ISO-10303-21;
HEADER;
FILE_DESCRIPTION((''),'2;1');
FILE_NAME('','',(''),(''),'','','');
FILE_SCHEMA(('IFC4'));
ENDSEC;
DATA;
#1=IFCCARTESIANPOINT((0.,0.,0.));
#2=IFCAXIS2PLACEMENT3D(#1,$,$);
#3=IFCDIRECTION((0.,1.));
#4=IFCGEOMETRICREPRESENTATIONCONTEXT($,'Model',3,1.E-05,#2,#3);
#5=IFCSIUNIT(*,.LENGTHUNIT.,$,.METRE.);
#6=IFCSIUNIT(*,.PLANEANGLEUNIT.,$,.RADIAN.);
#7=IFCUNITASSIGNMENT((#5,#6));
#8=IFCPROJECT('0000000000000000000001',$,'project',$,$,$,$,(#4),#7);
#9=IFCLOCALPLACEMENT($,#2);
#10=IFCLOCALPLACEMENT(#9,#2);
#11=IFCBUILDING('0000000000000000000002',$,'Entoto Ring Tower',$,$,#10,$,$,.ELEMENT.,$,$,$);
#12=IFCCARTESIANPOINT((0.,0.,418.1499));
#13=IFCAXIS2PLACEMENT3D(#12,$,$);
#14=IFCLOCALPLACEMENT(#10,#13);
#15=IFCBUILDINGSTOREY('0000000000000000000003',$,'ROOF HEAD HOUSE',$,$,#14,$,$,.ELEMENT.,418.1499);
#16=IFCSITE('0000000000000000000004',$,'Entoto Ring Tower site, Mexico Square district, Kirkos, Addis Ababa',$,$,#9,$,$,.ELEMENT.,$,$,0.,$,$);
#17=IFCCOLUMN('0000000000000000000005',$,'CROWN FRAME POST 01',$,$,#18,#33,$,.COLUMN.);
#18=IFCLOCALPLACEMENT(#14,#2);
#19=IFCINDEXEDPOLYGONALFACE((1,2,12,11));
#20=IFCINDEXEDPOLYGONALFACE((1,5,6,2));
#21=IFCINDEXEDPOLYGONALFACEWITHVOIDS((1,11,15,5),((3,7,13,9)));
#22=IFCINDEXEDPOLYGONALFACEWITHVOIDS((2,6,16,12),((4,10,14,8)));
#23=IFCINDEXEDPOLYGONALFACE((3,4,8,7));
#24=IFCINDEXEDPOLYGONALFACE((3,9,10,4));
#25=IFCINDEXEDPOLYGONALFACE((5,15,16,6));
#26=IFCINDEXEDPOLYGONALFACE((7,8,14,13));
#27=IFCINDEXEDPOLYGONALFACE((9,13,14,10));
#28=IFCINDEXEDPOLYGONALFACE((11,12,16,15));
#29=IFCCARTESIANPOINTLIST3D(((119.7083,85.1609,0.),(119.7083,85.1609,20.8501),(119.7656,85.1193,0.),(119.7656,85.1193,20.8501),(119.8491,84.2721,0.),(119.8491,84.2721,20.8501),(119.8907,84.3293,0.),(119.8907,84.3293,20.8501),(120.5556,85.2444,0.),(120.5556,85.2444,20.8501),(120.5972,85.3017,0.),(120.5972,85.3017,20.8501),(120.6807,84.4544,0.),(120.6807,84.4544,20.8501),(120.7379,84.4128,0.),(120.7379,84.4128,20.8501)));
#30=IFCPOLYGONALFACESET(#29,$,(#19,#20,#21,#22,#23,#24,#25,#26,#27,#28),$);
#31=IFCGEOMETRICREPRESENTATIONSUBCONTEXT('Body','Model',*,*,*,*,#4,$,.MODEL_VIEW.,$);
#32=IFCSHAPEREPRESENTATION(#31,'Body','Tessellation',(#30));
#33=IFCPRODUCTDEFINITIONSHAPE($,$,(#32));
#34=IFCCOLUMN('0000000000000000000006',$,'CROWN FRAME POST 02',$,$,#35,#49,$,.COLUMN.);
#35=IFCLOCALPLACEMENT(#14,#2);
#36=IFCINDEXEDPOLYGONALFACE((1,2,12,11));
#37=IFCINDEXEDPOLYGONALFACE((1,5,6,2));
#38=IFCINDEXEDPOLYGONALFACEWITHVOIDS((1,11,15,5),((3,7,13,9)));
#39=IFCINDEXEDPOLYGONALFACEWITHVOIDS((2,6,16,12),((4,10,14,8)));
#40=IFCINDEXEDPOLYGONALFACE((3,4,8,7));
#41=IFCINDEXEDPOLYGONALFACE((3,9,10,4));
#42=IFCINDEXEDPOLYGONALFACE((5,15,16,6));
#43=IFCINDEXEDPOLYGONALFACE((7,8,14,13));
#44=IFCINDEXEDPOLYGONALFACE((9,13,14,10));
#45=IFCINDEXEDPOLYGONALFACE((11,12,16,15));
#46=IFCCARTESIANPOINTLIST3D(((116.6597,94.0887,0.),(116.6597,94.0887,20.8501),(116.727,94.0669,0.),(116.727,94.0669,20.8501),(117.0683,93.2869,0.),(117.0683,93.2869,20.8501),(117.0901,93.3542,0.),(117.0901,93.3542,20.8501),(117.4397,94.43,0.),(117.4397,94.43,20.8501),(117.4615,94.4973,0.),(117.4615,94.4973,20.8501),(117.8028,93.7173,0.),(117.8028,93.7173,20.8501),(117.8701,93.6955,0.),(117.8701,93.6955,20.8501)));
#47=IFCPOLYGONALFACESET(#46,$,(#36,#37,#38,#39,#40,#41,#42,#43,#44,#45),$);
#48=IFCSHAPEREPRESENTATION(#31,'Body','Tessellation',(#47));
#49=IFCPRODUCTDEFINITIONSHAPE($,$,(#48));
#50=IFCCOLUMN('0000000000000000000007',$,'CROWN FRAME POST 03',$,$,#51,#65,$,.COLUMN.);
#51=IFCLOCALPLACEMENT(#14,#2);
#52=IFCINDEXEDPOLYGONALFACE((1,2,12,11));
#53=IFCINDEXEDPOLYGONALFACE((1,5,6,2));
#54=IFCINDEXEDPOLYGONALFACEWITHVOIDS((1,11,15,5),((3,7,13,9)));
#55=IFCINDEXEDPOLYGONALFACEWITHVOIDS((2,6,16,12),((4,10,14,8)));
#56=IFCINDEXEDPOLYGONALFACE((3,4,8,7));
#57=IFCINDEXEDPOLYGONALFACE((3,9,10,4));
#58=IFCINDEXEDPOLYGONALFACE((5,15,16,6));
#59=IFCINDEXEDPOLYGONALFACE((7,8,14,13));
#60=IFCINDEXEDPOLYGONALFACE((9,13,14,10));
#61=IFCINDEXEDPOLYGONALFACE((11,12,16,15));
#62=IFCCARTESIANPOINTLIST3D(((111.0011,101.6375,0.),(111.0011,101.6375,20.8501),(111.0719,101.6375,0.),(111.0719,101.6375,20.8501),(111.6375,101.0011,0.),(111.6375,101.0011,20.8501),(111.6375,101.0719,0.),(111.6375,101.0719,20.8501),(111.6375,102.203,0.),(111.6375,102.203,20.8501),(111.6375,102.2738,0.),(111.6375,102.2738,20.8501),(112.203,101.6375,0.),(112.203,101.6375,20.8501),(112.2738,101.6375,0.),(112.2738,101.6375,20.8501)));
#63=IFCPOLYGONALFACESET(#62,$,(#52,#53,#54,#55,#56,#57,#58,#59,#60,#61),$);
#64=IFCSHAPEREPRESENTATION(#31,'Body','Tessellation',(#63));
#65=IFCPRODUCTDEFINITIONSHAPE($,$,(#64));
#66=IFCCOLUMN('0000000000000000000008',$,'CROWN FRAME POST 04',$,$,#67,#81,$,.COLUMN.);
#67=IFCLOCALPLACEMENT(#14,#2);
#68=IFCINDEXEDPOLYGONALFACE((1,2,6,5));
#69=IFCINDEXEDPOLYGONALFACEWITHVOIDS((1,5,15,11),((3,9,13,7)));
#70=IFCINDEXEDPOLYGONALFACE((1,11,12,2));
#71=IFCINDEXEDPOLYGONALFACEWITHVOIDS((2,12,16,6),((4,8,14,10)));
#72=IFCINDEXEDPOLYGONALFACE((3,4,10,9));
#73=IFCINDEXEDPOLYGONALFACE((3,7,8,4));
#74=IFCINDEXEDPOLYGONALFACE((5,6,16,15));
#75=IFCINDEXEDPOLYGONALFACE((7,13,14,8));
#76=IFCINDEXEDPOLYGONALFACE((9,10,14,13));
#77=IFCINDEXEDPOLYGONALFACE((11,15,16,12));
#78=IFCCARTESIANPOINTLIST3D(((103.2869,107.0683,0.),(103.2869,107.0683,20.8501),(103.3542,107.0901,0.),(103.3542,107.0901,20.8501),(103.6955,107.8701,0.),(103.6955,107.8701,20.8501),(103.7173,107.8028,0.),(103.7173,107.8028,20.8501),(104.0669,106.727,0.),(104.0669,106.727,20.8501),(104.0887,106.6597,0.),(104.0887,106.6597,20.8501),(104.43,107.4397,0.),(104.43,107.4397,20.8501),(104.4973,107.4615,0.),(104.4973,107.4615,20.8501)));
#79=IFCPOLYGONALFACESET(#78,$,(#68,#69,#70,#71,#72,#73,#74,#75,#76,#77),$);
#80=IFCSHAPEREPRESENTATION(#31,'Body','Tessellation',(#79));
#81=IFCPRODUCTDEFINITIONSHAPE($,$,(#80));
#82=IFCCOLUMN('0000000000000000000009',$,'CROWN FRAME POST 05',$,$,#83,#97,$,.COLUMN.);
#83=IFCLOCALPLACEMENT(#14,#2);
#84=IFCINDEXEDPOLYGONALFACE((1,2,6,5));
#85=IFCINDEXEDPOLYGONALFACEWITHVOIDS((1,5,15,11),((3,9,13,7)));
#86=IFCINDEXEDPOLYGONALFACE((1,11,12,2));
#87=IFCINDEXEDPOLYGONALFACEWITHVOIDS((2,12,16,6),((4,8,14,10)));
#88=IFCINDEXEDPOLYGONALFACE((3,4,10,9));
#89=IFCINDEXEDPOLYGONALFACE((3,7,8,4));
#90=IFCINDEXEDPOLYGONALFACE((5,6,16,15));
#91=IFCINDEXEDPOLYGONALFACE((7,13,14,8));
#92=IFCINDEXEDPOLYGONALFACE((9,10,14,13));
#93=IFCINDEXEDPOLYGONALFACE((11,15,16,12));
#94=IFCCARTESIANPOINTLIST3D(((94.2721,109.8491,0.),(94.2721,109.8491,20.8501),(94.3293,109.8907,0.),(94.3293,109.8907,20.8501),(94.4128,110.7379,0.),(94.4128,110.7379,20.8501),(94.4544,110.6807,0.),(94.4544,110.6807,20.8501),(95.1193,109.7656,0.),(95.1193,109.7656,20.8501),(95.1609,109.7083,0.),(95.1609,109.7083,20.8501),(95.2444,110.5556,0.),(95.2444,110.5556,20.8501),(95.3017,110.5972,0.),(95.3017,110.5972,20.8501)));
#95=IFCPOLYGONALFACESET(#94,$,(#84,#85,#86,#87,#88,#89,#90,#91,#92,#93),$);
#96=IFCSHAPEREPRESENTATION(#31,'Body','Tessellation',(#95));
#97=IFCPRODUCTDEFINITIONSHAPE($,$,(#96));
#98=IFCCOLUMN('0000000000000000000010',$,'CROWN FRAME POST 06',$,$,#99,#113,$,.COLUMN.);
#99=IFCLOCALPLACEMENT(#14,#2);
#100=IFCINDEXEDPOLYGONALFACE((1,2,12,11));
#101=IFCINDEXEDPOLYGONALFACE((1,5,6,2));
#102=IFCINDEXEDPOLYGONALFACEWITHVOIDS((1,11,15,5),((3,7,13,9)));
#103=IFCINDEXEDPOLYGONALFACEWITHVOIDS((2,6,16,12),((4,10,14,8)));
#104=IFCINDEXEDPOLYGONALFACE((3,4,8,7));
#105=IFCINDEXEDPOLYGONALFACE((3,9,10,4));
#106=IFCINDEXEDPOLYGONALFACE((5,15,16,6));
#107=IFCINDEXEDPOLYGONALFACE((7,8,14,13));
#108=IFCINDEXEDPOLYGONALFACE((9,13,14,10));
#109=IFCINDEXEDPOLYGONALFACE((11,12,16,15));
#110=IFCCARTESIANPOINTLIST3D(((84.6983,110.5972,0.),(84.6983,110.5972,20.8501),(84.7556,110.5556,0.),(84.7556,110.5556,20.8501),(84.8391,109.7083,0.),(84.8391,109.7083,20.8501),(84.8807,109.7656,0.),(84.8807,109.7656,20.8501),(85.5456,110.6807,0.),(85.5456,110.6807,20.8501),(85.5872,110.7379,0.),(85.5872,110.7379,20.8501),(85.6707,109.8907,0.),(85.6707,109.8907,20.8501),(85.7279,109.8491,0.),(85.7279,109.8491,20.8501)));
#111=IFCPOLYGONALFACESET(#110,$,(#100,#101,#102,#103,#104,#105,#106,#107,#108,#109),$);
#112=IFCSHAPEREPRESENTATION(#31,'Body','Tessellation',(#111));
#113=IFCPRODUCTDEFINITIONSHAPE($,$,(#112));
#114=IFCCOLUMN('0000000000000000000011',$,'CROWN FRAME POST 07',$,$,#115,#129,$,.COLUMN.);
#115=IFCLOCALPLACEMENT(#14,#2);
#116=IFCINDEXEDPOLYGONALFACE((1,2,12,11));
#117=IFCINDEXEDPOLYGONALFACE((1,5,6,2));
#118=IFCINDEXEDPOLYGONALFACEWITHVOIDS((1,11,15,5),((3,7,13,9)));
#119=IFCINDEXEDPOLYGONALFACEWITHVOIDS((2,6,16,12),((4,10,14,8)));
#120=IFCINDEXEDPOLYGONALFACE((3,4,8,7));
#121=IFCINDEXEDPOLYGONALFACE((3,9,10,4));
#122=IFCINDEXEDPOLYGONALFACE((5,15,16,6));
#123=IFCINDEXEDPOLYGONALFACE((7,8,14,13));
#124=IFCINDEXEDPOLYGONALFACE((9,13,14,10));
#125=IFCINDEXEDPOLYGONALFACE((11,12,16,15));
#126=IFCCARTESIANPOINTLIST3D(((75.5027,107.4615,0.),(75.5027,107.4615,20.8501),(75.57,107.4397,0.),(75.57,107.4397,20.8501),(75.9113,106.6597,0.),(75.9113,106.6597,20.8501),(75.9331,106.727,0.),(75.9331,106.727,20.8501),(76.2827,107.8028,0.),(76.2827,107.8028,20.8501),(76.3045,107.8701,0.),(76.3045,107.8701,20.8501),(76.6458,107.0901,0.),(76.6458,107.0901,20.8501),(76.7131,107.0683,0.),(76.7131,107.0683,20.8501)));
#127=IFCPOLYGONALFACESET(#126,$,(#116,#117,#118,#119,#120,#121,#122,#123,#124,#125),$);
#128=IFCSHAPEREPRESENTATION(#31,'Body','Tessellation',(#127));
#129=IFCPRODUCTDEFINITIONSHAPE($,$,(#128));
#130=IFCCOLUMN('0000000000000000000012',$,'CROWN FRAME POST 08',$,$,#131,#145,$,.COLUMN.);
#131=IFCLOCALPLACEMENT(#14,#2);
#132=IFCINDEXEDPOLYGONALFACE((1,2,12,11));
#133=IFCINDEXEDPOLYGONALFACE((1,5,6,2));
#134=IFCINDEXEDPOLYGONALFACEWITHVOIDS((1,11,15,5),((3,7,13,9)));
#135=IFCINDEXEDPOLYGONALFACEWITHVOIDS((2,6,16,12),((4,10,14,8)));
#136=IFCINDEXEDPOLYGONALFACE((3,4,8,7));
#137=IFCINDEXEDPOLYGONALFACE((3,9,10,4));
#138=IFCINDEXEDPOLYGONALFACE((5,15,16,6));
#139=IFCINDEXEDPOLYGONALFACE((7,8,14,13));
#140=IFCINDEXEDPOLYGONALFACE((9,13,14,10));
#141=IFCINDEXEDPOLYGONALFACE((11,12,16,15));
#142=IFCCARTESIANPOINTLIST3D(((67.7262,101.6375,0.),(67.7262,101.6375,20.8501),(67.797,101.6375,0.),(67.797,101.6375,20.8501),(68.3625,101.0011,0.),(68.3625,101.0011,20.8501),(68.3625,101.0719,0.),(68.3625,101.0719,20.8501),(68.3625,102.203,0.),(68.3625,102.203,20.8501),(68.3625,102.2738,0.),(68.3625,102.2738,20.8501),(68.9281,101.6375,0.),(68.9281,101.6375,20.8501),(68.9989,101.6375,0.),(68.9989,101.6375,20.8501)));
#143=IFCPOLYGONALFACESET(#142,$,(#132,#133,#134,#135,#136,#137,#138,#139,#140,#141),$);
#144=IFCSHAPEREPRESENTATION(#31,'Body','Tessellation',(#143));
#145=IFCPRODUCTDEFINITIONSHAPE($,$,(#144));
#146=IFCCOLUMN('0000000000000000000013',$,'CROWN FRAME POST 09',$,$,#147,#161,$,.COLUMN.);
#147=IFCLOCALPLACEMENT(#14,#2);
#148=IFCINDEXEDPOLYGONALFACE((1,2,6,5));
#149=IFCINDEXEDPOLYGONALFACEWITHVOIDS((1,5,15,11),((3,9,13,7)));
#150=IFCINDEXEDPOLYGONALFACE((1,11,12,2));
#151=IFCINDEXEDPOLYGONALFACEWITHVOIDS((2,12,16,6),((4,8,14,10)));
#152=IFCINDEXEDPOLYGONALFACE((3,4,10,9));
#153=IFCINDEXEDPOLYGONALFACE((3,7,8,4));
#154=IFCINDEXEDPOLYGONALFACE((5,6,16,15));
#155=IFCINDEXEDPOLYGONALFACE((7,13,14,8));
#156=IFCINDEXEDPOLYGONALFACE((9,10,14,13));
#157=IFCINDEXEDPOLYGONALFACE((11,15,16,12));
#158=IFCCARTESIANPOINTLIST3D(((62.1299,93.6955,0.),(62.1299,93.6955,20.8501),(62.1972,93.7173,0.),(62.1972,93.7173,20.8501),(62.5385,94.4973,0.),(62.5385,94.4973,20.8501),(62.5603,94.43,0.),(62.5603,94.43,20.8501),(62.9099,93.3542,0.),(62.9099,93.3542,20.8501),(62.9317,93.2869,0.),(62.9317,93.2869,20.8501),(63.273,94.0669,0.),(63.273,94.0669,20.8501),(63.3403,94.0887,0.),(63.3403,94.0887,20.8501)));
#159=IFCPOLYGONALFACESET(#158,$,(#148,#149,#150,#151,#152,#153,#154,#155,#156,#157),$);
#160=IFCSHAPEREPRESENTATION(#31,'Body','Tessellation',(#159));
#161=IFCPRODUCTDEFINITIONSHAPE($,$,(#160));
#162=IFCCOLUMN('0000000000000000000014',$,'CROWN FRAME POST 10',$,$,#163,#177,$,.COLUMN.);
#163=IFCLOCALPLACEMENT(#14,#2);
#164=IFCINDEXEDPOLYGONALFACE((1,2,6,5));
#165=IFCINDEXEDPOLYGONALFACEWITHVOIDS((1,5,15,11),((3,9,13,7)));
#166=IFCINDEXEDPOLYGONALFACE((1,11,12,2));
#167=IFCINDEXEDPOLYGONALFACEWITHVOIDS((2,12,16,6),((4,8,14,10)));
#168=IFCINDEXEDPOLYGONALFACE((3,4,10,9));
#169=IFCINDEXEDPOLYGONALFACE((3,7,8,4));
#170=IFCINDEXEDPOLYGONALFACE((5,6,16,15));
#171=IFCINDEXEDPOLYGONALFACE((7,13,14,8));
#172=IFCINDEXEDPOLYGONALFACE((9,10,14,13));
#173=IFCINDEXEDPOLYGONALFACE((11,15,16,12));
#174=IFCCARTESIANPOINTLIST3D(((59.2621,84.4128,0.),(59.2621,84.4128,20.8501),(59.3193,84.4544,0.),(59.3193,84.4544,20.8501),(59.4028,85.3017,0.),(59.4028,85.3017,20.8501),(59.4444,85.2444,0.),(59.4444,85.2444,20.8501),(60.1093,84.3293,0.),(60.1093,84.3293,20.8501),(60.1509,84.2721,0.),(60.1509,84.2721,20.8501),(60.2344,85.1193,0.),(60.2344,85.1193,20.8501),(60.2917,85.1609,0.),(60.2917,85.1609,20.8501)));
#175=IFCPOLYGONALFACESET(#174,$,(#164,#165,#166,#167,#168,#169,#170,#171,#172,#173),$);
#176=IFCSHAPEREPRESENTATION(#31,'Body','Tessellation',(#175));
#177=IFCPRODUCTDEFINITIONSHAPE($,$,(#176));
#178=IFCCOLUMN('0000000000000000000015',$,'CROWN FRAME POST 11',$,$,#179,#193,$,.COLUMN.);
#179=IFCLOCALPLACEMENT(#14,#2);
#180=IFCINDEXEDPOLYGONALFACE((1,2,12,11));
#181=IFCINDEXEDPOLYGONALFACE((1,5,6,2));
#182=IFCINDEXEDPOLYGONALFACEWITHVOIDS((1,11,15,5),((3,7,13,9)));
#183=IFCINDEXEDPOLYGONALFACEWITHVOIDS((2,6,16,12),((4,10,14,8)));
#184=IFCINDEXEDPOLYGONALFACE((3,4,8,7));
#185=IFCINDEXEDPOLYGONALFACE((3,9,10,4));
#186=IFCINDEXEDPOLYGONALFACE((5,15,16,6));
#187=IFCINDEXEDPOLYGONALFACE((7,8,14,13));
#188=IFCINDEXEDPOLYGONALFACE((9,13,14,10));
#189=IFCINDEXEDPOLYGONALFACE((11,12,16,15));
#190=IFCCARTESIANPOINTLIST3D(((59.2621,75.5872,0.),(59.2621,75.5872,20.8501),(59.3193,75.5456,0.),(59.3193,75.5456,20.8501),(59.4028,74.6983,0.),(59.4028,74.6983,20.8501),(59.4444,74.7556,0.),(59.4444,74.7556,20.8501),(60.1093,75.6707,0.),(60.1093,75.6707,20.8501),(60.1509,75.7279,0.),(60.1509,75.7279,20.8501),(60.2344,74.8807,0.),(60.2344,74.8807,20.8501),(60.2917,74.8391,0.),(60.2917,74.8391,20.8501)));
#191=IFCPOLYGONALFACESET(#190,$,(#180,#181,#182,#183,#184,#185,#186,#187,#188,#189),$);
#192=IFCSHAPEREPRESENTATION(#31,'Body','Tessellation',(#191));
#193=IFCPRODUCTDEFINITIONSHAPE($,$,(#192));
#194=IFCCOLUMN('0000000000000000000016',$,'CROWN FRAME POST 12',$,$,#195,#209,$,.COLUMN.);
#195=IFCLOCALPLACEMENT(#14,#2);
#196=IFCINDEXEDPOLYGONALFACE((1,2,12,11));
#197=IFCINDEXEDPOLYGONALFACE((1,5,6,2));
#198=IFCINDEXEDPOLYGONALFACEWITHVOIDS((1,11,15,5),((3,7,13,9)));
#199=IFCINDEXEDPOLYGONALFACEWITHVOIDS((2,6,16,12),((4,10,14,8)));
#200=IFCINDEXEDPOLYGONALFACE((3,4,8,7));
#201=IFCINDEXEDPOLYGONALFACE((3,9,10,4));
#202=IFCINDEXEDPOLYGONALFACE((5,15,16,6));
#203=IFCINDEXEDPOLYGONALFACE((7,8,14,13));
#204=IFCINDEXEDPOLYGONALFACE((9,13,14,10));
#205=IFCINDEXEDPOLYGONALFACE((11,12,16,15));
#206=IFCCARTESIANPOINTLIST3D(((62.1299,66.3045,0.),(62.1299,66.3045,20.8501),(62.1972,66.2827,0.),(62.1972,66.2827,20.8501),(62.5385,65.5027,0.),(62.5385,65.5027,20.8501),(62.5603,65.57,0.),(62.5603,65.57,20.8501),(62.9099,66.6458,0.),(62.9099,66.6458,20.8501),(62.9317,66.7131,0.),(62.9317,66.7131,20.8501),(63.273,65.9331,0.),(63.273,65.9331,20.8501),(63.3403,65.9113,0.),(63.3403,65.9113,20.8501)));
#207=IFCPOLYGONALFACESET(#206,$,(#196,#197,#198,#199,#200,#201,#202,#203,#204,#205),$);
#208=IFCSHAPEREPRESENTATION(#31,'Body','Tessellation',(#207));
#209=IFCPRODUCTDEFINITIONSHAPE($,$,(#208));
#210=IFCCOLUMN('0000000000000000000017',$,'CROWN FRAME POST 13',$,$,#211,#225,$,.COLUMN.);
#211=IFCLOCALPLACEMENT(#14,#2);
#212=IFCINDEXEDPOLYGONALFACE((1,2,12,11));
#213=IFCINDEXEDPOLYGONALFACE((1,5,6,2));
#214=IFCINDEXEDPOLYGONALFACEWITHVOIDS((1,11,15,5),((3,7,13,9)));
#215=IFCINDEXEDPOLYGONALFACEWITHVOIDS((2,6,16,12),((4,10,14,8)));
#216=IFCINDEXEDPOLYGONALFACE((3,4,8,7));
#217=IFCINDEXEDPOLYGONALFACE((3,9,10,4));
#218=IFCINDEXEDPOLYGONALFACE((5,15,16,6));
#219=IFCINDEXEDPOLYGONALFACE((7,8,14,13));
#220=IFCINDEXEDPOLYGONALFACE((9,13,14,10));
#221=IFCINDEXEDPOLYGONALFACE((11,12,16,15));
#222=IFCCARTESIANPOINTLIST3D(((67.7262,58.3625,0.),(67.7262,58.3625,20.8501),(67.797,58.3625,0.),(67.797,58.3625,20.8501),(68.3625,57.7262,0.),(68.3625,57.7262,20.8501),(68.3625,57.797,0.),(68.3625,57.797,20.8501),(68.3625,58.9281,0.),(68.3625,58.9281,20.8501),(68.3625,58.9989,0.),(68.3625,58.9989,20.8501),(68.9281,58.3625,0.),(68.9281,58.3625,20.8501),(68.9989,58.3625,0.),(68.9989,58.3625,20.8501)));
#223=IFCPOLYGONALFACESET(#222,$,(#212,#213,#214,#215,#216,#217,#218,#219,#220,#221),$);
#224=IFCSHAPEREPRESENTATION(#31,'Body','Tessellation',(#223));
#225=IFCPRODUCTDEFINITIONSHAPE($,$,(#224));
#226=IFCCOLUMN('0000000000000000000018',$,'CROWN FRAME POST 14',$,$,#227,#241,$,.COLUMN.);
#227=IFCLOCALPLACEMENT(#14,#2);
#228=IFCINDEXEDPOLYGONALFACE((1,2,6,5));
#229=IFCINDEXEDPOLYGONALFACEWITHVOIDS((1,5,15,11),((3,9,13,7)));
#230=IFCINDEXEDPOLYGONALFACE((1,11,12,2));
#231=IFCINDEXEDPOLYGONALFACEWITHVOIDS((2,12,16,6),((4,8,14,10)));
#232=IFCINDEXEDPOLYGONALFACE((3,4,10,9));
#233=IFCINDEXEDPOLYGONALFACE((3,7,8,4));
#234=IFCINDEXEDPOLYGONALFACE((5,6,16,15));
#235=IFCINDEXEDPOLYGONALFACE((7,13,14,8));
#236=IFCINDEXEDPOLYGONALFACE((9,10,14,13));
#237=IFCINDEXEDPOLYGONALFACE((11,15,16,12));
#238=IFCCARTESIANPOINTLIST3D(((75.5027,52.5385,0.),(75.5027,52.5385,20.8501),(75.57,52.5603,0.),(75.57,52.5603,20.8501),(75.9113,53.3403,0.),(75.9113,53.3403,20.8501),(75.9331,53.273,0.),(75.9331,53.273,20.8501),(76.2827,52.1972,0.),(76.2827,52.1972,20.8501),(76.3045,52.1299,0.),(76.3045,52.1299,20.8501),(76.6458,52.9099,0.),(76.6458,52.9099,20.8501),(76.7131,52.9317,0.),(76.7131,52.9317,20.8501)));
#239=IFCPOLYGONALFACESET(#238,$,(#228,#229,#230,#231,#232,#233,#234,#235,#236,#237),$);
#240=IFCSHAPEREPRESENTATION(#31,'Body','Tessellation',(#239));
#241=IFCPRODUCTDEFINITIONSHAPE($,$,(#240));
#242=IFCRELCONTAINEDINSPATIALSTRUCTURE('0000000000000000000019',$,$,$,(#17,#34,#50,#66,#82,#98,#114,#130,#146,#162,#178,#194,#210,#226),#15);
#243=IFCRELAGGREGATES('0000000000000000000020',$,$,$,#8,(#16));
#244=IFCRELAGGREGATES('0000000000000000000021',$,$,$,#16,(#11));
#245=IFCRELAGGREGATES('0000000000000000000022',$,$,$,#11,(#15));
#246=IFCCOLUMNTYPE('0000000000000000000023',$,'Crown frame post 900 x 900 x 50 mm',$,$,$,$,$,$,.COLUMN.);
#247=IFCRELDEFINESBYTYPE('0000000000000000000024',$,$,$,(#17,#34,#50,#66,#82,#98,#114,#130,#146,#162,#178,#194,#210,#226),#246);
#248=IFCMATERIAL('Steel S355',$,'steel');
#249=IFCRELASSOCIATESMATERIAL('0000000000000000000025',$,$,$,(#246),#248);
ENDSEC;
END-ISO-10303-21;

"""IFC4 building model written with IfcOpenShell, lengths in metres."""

from ifc_helpers import new_model, si_unit, direction, frame, origin, origin_2d, place, context, subcontext, project, spatial, hollow_rectangle, extrude, material, material_profile, profile_set, type_object, element, save


model = new_model("IFC4")

# Units and contexts
model_context = context("Model", 3, precision=1e-05, world=origin(), true_north=direction((0.0, 1.0)))
body_context = subcontext(model_context, "Body", "Model", "MODEL_VIEW")
ifc_project = project(units=[si_unit("LENGTHUNIT", "METRE"), si_unit("PLANEANGLEUNIT", "RADIAN")], contexts=[model_context])

# Site, building, storey
site_placement = place(None, origin())
site = spatial("IfcSite", under=ifc_project, at=site_placement, Name="Entoto Ring Tower site, Mexico Square district, Kirkos, Addis Ababa", CompositionType="ELEMENT", RefElevation=0.0)
building_placement = place(site_placement, origin())
building = spatial("IfcBuilding", under=site, at=building_placement, Name="Entoto Ring Tower", CompositionType="ELEMENT")
storey_placement = place(building_placement, frame((0.0, 0.0, 418.1499)))
storey = spatial("IfcBuildingStorey", under=building, at=storey_placement, Name="ROOF HEAD HOUSE", CompositionType="ELEMENT", Elevation=418.1499)

# Columns
ifc_material_1 = material(Name="Steel S355", Category="steel")
ifc_material_profile = material_profile(ifc_material_1, hollow_rectangle(XDim=0.8999, YDim=0.8999, WallThickness=0.05, at=origin_2d()), Name="Crown frame post 900 x 900 x 50 mm")
ifc_profile_set = profile_set([ifc_material_profile], Name="Steel S355")
column_type = type_object("IfcColumnType", Name="Crown frame post 900 x 900 x 50 mm", PredefinedType="COLUMN", material=ifc_profile_set)
for number, where, z_axis, x_axis, name in (
    (1, (120.2231, 84.7869, 0.0), (0.0, 0.0, 1.0), (-0.156434, 0.987688, 0.0), "CROWN FRAME POST 01"),
    (2, (117.2649, 93.8921, 0.0), (0.0, 0.0, 1.0), (-0.45399, 0.891007, 0.0), "CROWN FRAME POST 02"),
    (3, (111.6375, 101.6375, 0.0), (0.0, 0.0, 1.0), (-0.707107, 0.707107, 0.0), "CROWN FRAME POST 03"),
    (4, (103.8921, 107.2649, 0.0), (0.0, 0.0, 1.0), (-0.891007, 0.45399, 0.0), "CROWN FRAME POST 04"),
    (5, (94.7869, 110.2231, 0.0), (0.0, 0.0, 1.0), (-0.987688, 0.156434, 0.0), "CROWN FRAME POST 05"),
    (6, (85.2131, 110.2231, 0.0), (0.0, 0.0, 1.0), (-0.987688, -0.156434, 0.0), "CROWN FRAME POST 06"),
    (7, (76.1079, 107.2649, 0.0), (0.0, 0.0, 1.0), (-0.891007, -0.45399, 0.0), "CROWN FRAME POST 07"),
    (8, (68.3625, 101.6375, 0.0), (0.0, 0.0, 1.0), (-0.707107, -0.707107, 0.0), "CROWN FRAME POST 08"),
    (9, (62.7351, 93.8921, 0.0), (0.0, 0.0, 1.0), (-0.45399, -0.891007, 0.0), "CROWN FRAME POST 09"),
    (10, (59.7769, 84.7869, 0.0), (0.0, 0.0, 1.0), (-0.156434, -0.987688, 0.0), "CROWN FRAME POST 10"),
    (11, (59.7769, 75.2131, 0.0), (0.0, 0.0, 1.0), (0.156434, -0.987688, 0.0), "CROWN FRAME POST 11"),
    (12, (62.7351, 66.1079, 0.0), (0.0, 0.0, 1.0), (0.45399, -0.891007, 0.0), "CROWN FRAME POST 12"),
    (13, (68.3625, 58.3625, 0.0), (0.0, 0.0, 1.0), (0.707107, -0.707107, 0.0), "CROWN FRAME POST 13"),
    (14, (76.1079, 52.7351, 0.0), (0.0, 0.0, 1.0), (0.891007, -0.45399, 0.0), "CROWN FRAME POST 14"),
):
    element("IfcColumn", number, at=place(storey_placement, frame(where, z_axis=z_axis, x_axis=x_axis)), inside=storey, type_object=column_type, Name=name, PredefinedType="COLUMN", context=body_context, shape_type="SweptSolid", body=[
        extrude(hollow_rectangle(XDim=0.8999, YDim=0.8999, WallThickness=0.05, at=origin_2d()), origin(), (0.0, 0.0, 1.0), 20.8501),
    ])

save(model, "model.ifc")
